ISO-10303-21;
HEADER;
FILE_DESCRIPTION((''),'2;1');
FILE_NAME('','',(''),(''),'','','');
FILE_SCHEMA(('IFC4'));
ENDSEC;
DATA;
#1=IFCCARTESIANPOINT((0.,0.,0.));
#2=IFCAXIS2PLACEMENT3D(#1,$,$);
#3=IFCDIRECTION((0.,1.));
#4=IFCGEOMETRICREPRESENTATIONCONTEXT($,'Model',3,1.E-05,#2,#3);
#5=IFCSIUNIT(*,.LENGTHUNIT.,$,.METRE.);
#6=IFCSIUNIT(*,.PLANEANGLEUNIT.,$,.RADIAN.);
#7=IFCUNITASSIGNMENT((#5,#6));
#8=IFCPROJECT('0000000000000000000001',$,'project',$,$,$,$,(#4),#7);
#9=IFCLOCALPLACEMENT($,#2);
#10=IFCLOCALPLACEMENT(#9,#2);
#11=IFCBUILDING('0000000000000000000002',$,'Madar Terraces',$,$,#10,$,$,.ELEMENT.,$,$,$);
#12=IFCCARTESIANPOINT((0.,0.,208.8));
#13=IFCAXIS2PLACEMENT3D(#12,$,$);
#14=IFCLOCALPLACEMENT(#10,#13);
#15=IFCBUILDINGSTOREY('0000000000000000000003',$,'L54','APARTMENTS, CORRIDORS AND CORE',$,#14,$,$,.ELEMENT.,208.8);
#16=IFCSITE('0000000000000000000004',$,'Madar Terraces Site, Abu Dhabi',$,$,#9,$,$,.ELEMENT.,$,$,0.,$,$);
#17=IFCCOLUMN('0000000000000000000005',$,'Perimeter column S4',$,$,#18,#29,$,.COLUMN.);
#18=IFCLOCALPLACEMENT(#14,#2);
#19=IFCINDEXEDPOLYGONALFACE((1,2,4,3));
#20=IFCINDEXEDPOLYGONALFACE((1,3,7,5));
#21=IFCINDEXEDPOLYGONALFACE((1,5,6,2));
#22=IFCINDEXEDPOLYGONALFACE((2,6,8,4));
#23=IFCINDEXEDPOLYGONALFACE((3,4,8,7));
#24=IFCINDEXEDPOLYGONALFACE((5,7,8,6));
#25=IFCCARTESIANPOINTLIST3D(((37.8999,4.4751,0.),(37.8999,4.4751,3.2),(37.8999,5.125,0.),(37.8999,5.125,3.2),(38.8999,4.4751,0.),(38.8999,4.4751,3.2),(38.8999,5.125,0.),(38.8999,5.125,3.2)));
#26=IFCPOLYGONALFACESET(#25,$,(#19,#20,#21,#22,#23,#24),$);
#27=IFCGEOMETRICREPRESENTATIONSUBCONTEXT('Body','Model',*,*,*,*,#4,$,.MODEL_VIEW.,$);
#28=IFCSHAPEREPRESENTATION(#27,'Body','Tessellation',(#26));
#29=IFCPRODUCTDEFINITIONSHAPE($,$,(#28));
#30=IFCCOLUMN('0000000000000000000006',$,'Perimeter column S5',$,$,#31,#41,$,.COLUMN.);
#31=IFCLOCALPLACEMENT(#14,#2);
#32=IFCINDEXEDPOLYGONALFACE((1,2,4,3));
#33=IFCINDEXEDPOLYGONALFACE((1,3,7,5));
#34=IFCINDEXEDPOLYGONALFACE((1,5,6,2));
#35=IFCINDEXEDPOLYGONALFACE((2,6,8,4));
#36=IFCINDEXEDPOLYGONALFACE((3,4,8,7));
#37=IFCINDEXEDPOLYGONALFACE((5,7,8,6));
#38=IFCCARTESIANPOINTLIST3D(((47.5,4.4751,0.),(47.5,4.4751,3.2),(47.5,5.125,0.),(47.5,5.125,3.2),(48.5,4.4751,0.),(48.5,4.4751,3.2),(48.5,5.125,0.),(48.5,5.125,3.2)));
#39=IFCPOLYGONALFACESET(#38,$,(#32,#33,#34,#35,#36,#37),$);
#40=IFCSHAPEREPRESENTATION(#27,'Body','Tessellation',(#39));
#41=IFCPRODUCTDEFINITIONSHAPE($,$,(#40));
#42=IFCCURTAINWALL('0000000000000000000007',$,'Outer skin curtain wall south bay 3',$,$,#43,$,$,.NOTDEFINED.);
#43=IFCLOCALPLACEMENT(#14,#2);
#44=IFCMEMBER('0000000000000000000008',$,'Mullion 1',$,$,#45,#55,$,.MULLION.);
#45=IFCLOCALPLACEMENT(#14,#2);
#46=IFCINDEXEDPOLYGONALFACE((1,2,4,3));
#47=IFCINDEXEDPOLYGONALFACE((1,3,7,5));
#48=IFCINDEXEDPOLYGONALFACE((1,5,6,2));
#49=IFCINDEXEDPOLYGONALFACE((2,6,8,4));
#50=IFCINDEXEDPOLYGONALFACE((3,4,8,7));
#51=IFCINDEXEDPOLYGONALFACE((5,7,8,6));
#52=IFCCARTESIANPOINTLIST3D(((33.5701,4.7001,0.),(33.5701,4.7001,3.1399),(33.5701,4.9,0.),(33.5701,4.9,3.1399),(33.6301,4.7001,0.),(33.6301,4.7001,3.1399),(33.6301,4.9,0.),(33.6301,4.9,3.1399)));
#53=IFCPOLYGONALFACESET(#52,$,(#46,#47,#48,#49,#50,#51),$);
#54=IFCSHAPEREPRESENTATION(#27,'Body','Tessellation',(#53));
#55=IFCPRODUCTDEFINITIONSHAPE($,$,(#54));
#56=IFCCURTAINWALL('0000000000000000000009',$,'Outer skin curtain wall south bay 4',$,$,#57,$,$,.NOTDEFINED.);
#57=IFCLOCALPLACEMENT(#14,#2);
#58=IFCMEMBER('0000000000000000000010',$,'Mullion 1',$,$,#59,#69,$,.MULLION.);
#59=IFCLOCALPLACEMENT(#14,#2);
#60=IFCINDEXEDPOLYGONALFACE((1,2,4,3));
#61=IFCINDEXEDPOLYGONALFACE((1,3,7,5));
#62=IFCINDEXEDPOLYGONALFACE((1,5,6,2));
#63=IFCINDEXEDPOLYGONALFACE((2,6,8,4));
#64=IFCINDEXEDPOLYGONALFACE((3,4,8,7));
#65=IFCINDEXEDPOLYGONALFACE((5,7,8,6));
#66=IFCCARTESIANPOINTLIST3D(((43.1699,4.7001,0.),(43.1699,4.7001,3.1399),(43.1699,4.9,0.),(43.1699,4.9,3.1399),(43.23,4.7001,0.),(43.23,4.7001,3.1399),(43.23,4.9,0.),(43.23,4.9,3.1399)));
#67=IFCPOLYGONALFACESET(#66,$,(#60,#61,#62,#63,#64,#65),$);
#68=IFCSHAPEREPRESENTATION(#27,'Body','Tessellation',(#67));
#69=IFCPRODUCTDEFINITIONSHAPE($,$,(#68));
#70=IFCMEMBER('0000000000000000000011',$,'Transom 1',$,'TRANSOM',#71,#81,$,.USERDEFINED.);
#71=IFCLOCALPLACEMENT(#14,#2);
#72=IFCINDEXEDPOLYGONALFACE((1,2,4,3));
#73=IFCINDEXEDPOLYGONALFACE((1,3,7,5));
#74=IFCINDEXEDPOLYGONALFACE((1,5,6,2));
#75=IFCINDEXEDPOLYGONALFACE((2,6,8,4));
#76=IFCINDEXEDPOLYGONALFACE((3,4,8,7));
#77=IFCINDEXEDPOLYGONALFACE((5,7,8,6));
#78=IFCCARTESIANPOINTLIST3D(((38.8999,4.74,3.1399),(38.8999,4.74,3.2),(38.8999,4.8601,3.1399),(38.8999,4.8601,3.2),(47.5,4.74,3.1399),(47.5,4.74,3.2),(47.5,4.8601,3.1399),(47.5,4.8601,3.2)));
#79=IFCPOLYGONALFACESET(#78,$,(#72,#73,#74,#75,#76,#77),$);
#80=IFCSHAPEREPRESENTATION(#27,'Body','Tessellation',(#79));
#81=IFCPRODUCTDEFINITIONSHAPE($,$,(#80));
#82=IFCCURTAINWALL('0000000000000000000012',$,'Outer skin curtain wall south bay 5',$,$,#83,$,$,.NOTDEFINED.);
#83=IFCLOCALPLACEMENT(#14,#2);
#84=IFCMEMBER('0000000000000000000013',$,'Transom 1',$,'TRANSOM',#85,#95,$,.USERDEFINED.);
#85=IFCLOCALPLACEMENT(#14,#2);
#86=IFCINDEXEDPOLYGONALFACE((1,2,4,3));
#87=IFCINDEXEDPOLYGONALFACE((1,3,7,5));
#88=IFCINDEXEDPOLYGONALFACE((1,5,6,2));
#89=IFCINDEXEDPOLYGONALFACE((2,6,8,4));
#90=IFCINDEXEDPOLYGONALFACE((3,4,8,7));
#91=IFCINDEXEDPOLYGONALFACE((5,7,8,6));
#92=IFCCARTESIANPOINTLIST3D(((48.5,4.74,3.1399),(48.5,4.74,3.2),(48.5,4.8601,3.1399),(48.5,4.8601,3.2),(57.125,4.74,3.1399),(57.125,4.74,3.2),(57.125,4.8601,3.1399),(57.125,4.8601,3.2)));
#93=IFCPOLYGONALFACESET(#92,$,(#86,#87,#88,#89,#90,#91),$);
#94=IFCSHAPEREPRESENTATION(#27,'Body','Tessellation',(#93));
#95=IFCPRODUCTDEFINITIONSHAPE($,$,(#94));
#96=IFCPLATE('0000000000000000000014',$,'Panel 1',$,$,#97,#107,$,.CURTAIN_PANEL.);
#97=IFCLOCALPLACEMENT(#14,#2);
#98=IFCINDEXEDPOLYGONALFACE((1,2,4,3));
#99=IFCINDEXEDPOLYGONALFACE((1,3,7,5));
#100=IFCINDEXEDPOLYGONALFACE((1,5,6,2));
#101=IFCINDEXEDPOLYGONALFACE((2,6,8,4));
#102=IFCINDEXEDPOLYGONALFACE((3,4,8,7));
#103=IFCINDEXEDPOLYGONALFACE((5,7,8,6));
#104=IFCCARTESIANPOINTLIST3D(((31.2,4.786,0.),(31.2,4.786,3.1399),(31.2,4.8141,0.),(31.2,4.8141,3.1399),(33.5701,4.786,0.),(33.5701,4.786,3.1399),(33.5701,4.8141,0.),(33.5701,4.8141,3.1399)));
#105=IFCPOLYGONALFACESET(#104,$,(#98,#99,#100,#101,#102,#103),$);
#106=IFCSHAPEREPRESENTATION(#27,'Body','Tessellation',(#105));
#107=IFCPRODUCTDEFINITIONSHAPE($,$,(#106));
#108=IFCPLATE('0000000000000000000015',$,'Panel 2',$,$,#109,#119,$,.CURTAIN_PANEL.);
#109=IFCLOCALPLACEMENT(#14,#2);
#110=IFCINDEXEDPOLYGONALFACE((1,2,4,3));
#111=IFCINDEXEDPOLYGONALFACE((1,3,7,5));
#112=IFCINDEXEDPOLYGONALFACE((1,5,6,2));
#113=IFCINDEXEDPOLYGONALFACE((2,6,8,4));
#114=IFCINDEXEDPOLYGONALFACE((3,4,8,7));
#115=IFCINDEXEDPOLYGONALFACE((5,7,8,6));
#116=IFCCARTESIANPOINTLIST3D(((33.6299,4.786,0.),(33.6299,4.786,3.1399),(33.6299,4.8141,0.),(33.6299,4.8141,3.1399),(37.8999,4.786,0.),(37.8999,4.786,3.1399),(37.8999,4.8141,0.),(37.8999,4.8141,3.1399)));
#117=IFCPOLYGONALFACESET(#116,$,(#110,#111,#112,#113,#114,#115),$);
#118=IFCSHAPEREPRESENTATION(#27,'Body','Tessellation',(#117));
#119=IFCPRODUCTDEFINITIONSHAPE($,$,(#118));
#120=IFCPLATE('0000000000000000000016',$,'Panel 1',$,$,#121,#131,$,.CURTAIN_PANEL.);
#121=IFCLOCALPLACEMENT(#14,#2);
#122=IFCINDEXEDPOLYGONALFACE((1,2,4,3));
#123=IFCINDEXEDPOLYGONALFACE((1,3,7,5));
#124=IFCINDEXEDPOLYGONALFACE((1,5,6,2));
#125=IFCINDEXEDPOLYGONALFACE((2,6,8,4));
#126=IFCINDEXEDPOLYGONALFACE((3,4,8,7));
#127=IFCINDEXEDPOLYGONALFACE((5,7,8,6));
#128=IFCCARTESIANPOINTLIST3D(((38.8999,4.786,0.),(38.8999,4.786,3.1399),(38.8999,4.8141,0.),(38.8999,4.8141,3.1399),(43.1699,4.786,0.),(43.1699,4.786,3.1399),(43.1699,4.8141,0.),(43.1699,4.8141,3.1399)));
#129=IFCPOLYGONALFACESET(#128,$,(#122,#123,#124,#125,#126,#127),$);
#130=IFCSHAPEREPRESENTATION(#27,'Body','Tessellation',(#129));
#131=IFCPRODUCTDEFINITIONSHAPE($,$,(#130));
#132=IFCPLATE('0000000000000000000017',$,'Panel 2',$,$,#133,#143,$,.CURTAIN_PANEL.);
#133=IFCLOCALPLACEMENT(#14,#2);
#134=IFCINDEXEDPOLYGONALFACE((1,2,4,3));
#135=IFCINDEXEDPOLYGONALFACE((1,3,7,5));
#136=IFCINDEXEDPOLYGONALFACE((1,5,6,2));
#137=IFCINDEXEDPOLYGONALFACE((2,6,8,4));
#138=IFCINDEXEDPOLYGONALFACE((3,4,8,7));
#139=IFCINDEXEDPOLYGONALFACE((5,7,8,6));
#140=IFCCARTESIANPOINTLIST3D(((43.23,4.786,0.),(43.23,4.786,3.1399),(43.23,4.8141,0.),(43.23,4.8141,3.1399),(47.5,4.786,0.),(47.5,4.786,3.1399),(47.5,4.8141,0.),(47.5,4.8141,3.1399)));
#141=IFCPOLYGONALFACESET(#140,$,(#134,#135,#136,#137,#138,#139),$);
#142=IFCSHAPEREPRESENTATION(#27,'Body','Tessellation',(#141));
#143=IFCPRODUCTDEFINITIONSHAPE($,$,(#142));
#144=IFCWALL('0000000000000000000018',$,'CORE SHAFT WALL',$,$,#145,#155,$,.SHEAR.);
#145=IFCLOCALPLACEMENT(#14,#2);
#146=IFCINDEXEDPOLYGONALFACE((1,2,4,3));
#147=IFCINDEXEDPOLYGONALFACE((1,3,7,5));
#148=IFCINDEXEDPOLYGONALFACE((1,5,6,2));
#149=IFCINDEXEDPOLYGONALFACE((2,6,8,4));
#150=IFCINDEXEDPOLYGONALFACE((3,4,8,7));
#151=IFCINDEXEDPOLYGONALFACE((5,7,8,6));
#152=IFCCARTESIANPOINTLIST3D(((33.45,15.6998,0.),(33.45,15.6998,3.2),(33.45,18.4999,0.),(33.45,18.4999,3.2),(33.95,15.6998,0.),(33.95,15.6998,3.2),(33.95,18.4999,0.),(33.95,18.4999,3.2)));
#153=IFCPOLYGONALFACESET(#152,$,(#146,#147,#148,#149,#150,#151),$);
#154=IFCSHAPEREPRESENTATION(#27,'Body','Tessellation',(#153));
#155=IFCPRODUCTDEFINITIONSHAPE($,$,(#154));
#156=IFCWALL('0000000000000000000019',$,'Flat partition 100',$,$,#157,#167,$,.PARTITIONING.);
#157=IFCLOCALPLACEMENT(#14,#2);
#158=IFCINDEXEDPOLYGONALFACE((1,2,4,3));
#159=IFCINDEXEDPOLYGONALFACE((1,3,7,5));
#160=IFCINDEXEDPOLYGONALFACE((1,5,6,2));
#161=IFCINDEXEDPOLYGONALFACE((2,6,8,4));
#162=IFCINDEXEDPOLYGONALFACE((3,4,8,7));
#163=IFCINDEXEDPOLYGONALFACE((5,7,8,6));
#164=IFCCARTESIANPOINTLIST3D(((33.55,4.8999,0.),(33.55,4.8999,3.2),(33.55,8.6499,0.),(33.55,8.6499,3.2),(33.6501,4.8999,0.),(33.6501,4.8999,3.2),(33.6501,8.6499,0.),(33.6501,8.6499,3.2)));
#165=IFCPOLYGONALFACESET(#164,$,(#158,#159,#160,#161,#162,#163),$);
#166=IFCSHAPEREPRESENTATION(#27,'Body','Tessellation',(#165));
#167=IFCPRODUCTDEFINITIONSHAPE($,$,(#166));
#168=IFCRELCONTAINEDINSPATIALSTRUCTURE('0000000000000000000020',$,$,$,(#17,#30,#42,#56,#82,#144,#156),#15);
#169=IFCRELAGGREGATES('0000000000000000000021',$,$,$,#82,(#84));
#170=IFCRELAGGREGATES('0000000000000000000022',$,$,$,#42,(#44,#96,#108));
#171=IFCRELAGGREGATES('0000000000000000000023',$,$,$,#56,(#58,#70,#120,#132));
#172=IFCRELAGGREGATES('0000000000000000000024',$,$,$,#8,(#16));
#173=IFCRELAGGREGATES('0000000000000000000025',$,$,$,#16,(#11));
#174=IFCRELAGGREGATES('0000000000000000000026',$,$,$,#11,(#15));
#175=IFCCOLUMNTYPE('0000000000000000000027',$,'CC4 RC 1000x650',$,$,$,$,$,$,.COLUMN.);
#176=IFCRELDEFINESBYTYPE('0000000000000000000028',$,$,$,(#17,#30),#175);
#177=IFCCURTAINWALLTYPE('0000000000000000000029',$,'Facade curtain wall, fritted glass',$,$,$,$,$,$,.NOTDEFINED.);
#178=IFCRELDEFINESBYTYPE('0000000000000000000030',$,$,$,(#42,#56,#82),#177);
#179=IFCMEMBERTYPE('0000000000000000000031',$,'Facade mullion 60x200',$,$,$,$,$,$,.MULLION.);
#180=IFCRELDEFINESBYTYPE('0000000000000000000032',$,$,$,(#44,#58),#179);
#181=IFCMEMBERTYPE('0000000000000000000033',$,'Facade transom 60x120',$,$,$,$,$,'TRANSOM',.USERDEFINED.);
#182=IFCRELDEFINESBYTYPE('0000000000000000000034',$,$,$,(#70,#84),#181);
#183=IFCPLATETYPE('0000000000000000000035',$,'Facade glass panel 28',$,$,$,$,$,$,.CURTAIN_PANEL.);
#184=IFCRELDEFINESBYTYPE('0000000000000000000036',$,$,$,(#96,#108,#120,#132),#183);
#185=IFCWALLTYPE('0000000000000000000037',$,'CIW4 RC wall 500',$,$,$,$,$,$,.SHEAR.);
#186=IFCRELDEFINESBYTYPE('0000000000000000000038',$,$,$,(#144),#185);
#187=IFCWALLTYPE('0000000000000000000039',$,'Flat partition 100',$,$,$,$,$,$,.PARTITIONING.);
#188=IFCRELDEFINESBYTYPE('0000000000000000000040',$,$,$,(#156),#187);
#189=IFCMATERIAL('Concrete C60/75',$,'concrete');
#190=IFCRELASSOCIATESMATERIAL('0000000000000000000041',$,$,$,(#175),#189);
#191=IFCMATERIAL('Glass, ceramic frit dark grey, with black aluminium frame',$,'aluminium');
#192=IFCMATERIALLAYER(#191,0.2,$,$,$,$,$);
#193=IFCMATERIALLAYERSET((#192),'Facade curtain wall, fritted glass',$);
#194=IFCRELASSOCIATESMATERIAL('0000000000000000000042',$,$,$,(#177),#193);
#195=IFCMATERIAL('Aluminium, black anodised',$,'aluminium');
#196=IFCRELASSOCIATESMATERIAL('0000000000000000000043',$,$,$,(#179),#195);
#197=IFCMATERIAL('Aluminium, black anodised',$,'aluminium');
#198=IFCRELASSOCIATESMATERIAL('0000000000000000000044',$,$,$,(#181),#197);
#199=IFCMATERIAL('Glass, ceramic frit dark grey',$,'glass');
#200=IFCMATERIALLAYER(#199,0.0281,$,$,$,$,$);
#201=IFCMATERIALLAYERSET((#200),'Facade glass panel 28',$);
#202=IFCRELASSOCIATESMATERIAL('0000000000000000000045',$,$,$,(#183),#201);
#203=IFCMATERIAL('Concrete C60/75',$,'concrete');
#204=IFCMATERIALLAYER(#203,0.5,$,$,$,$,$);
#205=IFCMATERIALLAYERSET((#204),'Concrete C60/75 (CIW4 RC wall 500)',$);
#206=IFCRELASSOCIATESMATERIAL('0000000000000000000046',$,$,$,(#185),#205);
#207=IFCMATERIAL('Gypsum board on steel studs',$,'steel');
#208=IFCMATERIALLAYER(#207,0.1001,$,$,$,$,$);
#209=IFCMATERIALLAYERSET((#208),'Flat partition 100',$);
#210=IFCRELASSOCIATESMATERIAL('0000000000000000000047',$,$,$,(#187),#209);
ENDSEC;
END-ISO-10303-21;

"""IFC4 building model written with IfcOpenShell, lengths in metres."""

from ifc_helpers import new_model, si_unit, direction, frame, frame_2d, origin, origin_2d, place, context, subcontext, project, spatial, rectangle, extrude, material, layer, layer_set, material_profile, profile_set, type_object, element, aggregate, save


model = new_model("IFC4")

# Units and contexts
model_context = context("Model", 3, precision=1e-05, world=origin(), true_north=direction((0.0, 1.0)))
body_context = subcontext(model_context, "Body", "Model", "MODEL_VIEW")
ifc_project = project(units=[si_unit("LENGTHUNIT", "METRE"), si_unit("PLANEANGLEUNIT", "RADIAN")], contexts=[model_context])

# Site, building, storey
site_placement = place(None, origin())
site = spatial("IfcSite", under=ifc_project, at=site_placement, Name="Madar Terraces Site, Abu Dhabi", CompositionType="ELEMENT", RefElevation=0.0)
building_placement = place(site_placement, origin())
building = spatial("IfcBuilding", under=site, at=building_placement, Name="Madar Terraces", CompositionType="ELEMENT")
storey_placement = place(building_placement, frame((0.0, 0.0, 208.8)))
storey = spatial("IfcBuildingStorey", under=building, at=storey_placement, Name="L54", Description="APARTMENTS, CORRIDORS AND CORE", CompositionType="ELEMENT", Elevation=208.8)

# Columns
ifc_material_1 = material(Name="Concrete C60/75", Category="concrete")
ifc_material_profile_1 = material_profile(ifc_material_1, rectangle(XDim=1.0, YDim=0.6499, at=origin_2d()), Name="CC4 RC 1000x650")
ifc_profile_set_1 = profile_set([ifc_material_profile_1], Name="Concrete C60/75")
column_type = type_object("IfcColumnType", Name="CC4 RC 1000x650", PredefinedType="COLUMN", material=ifc_profile_set_1)
for number, where, z_axis, x_axis, name in (
    (1, (38.3999, 4.8, 0.0), (0.0, 0.0, 1.0), (1.0, 0.0, 0.0), "Perimeter column S4"),
    (2, (48.0, 4.8, 0.0), (0.0, 0.0, 1.0), (1.0, 0.0, 0.0), "Perimeter column S5"),
):
    element("IfcColumn", number, at=place(storey_placement, frame(where, z_axis=z_axis, x_axis=x_axis)), inside=storey, type_object=column_type, Name=name, PredefinedType="COLUMN", context=body_context, shape_type="SweptSolid", body=[
        extrude(rectangle(XDim=1.0, YDim=0.6499, at=origin_2d()), origin(), (0.0, 0.0, 1.0), 3.2),
    ])

# Curtain wall, member
ifc_material_2 = material(Name="Glass, ceramic frit dark grey, with black aluminium frame", Category="aluminium")
ifc_layer_1 = layer(ifc_material_2, 0.2)
ifc_layer_set_1 = layer_set([ifc_layer_1], Name="Facade curtain wall, fritted glass")
curtain_wall_type = type_object("IfcCurtainWallType", Name="Facade curtain wall, fritted glass", PredefinedType="NOTDEFINED", material=ifc_layer_set_1)
curtain_wall_1_placement = place(storey_placement, origin())
curtain_wall_1 = element("IfcCurtainWall", 3, at=curtain_wall_1_placement, inside=storey, type_object=curtain_wall_type, Name="Outer skin curtain wall south bay 3", PredefinedType="NOTDEFINED")
ifc_material_3 = material(Name="Aluminium, black anodised", Category="aluminium")
ifc_material_profile_2 = material_profile(ifc_material_3, rectangle(XDim=0.2, YDim=0.0601, at=origin_2d()), Name="Facade mullion 60x200")
ifc_profile_set_2 = profile_set([ifc_material_profile_2], Name="Aluminium, black anodised")
member_type_1 = type_object("IfcMemberType", Name="Facade mullion 60x200", PredefinedType="MULLION", material=ifc_profile_set_2)
member_1_placement = place(storey_placement, frame((33.6001, 4.8, 0.0), z_axis=(0.0, 0.0, 1.0), x_axis=(0.0, 1.0, 0.0)))
member_1 = element("IfcMember", 4, at=member_1_placement, type_object=member_type_1, Name="Mullion 1", PredefinedType="MULLION", context=body_context, shape_type="SweptSolid", body=[
    extrude(rectangle(XDim=0.2, YDim=0.0601, at=origin_2d()), origin(), (0.0, 0.0, 1.0), 3.1399),
])

# Curtain wall, members
curtain_wall_2_placement = place(storey_placement, origin())
curtain_wall_2 = element("IfcCurtainWall", 5, at=curtain_wall_2_placement, inside=storey, type_object=curtain_wall_type, Name="Outer skin curtain wall south bay 4", PredefinedType="NOTDEFINED")
member_2_placement = place(storey_placement, frame((43.2, 4.8, 0.0), z_axis=(0.0, 0.0, 1.0), x_axis=(0.0, 1.0, 0.0)))
member_2 = element("IfcMember", 6, at=member_2_placement, type_object=member_type_1, Name="Mullion 1", PredefinedType="MULLION", context=body_context, shape_type="SweptSolid", body=[
    extrude(rectangle(XDim=0.2, YDim=0.0601, at=origin_2d()), origin(), (0.0, 0.0, 1.0), 3.1399),
])
ifc_material_4 = material(Name="Aluminium, black anodised", Category="aluminium")
ifc_material_profile_3 = material_profile(ifc_material_4, rectangle(XDim=0.1201, YDim=0.0601, at=origin_2d()), Name="Facade transom 60x120")
ifc_profile_set_3 = profile_set([ifc_material_profile_3], Name="Aluminium, black anodised")
member_type_2 = type_object("IfcMemberType", Name="Facade transom 60x120", ElementType="TRANSOM", PredefinedType="USERDEFINED", material=ifc_profile_set_3)
member_3_placement = place(storey_placement, frame((38.8999, 4.8, 3.1699), z_axis=(1.0, 0.0, 0.0), x_axis=(0.0, 1.0, 0.0)))
member_3 = element("IfcMember", 7, at=member_3_placement, type_object=member_type_2, Name="Transom 1", ObjectType="TRANSOM", PredefinedType="USERDEFINED", context=body_context, shape_type="SweptSolid", body=[
    extrude(rectangle(XDim=0.1201, YDim=0.0601, at=origin_2d()), origin(), (0.0, 0.0, 1.0), 8.6001),
])

# Curtain wall, member
curtain_wall_3_placement = place(storey_placement, origin())
curtain_wall_3 = element("IfcCurtainWall", 8, at=curtain_wall_3_placement, inside=storey, type_object=curtain_wall_type, Name="Outer skin curtain wall south bay 5", PredefinedType="NOTDEFINED")
member_4_placement = place(storey_placement, frame((48.5, 4.8, 3.1699), z_axis=(1.0, 0.0, 0.0), x_axis=(0.0, 1.0, 0.0)))
member_4 = element("IfcMember", 9, at=member_4_placement, type_object=member_type_2, Name="Transom 1", ObjectType="TRANSOM", PredefinedType="USERDEFINED", context=body_context, shape_type="SweptSolid", body=[
    extrude(rectangle(XDim=0.1201, YDim=0.0601, at=origin_2d()), origin(), (0.0, 0.0, 1.0), 8.625),
])
aggregate(curtain_wall_3, [member_4])

# Plates
ifc_material_5 = material(Name="Glass, ceramic frit dark grey", Category="glass")
ifc_layer_2 = layer(ifc_material_5, 0.0281)
ifc_layer_set_2 = layer_set([ifc_layer_2], Name="Facade glass panel 28")
plate_type = type_object("IfcPlateType", Name="Facade glass panel 28", PredefinedType="CURTAIN_PANEL", material=ifc_layer_set_2)
plate_1_placement = place(storey_placement, frame((32.385, 4.8, 0.0), z_axis=(0.0, 0.0, 1.0), x_axis=(1.0, 0.0, 0.0)))
plate_1 = element("IfcPlate", 10, at=plate_1_placement, type_object=plate_type, Name="Panel 1", PredefinedType="CURTAIN_PANEL", context=body_context, shape_type="SweptSolid", body=[
    extrude(rectangle(XDim=2.3701, YDim=0.0281, at=origin_2d()), origin(), (0.0, 0.0, 1.0), 3.1399),
])
plate_2_placement = place(storey_placement, frame((35.7649, 4.8, 0.0), z_axis=(0.0, 0.0, 1.0), x_axis=(1.0, 0.0, 0.0)))
plate_2 = element("IfcPlate", 11, at=plate_2_placement, type_object=plate_type, Name="Panel 2", PredefinedType="CURTAIN_PANEL", context=body_context, shape_type="SweptSolid", body=[
    extrude(rectangle(XDim=4.27, YDim=0.0281, at=origin_2d()), origin(), (0.0, 0.0, 1.0), 3.1399),
])
aggregate(curtain_wall_1, [member_1, plate_1, plate_2])
plate_3_placement = place(storey_placement, frame((41.0349, 4.8, 0.0), z_axis=(0.0, 0.0, 1.0), x_axis=(1.0, 0.0, 0.0)))
plate_3 = element("IfcPlate", 12, at=plate_3_placement, type_object=plate_type, Name="Panel 1", PredefinedType="CURTAIN_PANEL", context=body_context, shape_type="SweptSolid", body=[
    extrude(rectangle(XDim=4.27, YDim=0.0281, at=origin_2d()), origin(), (0.0, 0.0, 1.0), 3.1399),
])
plate_4_placement = place(storey_placement, frame((45.365, 4.8, 0.0), z_axis=(0.0, 0.0, 1.0), x_axis=(1.0, 0.0, 0.0)))
plate_4 = element("IfcPlate", 13, at=plate_4_placement, type_object=plate_type, Name="Panel 2", PredefinedType="CURTAIN_PANEL", context=body_context, shape_type="SweptSolid", body=[
    extrude(rectangle(XDim=4.27, YDim=0.0281, at=origin_2d()), origin(), (0.0, 0.0, 1.0), 3.1399),
])
aggregate(curtain_wall_2, [member_2, member_3, plate_3, plate_4])

# Walls
ifc_material_6 = material(Name="Concrete C60/75", Category="concrete")
ifc_layer_3 = layer(ifc_material_6, 0.5)
ifc_layer_set_3 = layer_set([ifc_layer_3], Name="Concrete C60/75 (CIW4 RC wall 500)")
wall_type_1 = type_object("IfcWallType", Name="CIW4 RC wall 500", PredefinedType="SHEAR", material=ifc_layer_set_3)
wall_1_placement = place(storey_placement, frame((33.7, 15.7, 0.0), z_axis=(0.0, 0.0, 1.0), x_axis=(0.0, 1.0, 0.0)))
element("IfcWall", 14, at=wall_1_placement, inside=storey, type_object=wall_type_1, Name="CORE SHAFT WALL", PredefinedType="SHEAR", context=body_context, shape_type="SweptSolid", body=[
    extrude(rectangle(XDim=2.8, YDim=0.5, at=frame_2d((1.3999, 0.0))), origin(), (0.0, 0.0, 1.0), 3.2),
])
ifc_material_7 = material(Name="Gypsum board on steel studs", Category="steel")
ifc_layer_4 = layer(ifc_material_7, 0.1001)
ifc_layer_set_4 = layer_set([ifc_layer_4], Name="Flat partition 100")
wall_type_2 = type_object("IfcWallType", Name="Flat partition 100", PredefinedType="PARTITIONING", material=ifc_layer_set_4)
wall_2_placement = place(storey_placement, frame((33.6001, 8.6499, 0.0), z_axis=(0.0, 0.0, 1.0), x_axis=(0.0, -1.0, 0.0)))
element("IfcWall", 15, at=wall_2_placement, inside=storey, type_object=wall_type_2, Name="Flat partition 100", PredefinedType="PARTITIONING", context=body_context, shape_type="SweptSolid", body=[
    extrude(rectangle(XDim=3.75, YDim=0.1001, at=frame_2d((1.875, 0.0))), origin(), (0.0, 0.0, 1.0), 3.2),
])

save(model, "model.ifc")
